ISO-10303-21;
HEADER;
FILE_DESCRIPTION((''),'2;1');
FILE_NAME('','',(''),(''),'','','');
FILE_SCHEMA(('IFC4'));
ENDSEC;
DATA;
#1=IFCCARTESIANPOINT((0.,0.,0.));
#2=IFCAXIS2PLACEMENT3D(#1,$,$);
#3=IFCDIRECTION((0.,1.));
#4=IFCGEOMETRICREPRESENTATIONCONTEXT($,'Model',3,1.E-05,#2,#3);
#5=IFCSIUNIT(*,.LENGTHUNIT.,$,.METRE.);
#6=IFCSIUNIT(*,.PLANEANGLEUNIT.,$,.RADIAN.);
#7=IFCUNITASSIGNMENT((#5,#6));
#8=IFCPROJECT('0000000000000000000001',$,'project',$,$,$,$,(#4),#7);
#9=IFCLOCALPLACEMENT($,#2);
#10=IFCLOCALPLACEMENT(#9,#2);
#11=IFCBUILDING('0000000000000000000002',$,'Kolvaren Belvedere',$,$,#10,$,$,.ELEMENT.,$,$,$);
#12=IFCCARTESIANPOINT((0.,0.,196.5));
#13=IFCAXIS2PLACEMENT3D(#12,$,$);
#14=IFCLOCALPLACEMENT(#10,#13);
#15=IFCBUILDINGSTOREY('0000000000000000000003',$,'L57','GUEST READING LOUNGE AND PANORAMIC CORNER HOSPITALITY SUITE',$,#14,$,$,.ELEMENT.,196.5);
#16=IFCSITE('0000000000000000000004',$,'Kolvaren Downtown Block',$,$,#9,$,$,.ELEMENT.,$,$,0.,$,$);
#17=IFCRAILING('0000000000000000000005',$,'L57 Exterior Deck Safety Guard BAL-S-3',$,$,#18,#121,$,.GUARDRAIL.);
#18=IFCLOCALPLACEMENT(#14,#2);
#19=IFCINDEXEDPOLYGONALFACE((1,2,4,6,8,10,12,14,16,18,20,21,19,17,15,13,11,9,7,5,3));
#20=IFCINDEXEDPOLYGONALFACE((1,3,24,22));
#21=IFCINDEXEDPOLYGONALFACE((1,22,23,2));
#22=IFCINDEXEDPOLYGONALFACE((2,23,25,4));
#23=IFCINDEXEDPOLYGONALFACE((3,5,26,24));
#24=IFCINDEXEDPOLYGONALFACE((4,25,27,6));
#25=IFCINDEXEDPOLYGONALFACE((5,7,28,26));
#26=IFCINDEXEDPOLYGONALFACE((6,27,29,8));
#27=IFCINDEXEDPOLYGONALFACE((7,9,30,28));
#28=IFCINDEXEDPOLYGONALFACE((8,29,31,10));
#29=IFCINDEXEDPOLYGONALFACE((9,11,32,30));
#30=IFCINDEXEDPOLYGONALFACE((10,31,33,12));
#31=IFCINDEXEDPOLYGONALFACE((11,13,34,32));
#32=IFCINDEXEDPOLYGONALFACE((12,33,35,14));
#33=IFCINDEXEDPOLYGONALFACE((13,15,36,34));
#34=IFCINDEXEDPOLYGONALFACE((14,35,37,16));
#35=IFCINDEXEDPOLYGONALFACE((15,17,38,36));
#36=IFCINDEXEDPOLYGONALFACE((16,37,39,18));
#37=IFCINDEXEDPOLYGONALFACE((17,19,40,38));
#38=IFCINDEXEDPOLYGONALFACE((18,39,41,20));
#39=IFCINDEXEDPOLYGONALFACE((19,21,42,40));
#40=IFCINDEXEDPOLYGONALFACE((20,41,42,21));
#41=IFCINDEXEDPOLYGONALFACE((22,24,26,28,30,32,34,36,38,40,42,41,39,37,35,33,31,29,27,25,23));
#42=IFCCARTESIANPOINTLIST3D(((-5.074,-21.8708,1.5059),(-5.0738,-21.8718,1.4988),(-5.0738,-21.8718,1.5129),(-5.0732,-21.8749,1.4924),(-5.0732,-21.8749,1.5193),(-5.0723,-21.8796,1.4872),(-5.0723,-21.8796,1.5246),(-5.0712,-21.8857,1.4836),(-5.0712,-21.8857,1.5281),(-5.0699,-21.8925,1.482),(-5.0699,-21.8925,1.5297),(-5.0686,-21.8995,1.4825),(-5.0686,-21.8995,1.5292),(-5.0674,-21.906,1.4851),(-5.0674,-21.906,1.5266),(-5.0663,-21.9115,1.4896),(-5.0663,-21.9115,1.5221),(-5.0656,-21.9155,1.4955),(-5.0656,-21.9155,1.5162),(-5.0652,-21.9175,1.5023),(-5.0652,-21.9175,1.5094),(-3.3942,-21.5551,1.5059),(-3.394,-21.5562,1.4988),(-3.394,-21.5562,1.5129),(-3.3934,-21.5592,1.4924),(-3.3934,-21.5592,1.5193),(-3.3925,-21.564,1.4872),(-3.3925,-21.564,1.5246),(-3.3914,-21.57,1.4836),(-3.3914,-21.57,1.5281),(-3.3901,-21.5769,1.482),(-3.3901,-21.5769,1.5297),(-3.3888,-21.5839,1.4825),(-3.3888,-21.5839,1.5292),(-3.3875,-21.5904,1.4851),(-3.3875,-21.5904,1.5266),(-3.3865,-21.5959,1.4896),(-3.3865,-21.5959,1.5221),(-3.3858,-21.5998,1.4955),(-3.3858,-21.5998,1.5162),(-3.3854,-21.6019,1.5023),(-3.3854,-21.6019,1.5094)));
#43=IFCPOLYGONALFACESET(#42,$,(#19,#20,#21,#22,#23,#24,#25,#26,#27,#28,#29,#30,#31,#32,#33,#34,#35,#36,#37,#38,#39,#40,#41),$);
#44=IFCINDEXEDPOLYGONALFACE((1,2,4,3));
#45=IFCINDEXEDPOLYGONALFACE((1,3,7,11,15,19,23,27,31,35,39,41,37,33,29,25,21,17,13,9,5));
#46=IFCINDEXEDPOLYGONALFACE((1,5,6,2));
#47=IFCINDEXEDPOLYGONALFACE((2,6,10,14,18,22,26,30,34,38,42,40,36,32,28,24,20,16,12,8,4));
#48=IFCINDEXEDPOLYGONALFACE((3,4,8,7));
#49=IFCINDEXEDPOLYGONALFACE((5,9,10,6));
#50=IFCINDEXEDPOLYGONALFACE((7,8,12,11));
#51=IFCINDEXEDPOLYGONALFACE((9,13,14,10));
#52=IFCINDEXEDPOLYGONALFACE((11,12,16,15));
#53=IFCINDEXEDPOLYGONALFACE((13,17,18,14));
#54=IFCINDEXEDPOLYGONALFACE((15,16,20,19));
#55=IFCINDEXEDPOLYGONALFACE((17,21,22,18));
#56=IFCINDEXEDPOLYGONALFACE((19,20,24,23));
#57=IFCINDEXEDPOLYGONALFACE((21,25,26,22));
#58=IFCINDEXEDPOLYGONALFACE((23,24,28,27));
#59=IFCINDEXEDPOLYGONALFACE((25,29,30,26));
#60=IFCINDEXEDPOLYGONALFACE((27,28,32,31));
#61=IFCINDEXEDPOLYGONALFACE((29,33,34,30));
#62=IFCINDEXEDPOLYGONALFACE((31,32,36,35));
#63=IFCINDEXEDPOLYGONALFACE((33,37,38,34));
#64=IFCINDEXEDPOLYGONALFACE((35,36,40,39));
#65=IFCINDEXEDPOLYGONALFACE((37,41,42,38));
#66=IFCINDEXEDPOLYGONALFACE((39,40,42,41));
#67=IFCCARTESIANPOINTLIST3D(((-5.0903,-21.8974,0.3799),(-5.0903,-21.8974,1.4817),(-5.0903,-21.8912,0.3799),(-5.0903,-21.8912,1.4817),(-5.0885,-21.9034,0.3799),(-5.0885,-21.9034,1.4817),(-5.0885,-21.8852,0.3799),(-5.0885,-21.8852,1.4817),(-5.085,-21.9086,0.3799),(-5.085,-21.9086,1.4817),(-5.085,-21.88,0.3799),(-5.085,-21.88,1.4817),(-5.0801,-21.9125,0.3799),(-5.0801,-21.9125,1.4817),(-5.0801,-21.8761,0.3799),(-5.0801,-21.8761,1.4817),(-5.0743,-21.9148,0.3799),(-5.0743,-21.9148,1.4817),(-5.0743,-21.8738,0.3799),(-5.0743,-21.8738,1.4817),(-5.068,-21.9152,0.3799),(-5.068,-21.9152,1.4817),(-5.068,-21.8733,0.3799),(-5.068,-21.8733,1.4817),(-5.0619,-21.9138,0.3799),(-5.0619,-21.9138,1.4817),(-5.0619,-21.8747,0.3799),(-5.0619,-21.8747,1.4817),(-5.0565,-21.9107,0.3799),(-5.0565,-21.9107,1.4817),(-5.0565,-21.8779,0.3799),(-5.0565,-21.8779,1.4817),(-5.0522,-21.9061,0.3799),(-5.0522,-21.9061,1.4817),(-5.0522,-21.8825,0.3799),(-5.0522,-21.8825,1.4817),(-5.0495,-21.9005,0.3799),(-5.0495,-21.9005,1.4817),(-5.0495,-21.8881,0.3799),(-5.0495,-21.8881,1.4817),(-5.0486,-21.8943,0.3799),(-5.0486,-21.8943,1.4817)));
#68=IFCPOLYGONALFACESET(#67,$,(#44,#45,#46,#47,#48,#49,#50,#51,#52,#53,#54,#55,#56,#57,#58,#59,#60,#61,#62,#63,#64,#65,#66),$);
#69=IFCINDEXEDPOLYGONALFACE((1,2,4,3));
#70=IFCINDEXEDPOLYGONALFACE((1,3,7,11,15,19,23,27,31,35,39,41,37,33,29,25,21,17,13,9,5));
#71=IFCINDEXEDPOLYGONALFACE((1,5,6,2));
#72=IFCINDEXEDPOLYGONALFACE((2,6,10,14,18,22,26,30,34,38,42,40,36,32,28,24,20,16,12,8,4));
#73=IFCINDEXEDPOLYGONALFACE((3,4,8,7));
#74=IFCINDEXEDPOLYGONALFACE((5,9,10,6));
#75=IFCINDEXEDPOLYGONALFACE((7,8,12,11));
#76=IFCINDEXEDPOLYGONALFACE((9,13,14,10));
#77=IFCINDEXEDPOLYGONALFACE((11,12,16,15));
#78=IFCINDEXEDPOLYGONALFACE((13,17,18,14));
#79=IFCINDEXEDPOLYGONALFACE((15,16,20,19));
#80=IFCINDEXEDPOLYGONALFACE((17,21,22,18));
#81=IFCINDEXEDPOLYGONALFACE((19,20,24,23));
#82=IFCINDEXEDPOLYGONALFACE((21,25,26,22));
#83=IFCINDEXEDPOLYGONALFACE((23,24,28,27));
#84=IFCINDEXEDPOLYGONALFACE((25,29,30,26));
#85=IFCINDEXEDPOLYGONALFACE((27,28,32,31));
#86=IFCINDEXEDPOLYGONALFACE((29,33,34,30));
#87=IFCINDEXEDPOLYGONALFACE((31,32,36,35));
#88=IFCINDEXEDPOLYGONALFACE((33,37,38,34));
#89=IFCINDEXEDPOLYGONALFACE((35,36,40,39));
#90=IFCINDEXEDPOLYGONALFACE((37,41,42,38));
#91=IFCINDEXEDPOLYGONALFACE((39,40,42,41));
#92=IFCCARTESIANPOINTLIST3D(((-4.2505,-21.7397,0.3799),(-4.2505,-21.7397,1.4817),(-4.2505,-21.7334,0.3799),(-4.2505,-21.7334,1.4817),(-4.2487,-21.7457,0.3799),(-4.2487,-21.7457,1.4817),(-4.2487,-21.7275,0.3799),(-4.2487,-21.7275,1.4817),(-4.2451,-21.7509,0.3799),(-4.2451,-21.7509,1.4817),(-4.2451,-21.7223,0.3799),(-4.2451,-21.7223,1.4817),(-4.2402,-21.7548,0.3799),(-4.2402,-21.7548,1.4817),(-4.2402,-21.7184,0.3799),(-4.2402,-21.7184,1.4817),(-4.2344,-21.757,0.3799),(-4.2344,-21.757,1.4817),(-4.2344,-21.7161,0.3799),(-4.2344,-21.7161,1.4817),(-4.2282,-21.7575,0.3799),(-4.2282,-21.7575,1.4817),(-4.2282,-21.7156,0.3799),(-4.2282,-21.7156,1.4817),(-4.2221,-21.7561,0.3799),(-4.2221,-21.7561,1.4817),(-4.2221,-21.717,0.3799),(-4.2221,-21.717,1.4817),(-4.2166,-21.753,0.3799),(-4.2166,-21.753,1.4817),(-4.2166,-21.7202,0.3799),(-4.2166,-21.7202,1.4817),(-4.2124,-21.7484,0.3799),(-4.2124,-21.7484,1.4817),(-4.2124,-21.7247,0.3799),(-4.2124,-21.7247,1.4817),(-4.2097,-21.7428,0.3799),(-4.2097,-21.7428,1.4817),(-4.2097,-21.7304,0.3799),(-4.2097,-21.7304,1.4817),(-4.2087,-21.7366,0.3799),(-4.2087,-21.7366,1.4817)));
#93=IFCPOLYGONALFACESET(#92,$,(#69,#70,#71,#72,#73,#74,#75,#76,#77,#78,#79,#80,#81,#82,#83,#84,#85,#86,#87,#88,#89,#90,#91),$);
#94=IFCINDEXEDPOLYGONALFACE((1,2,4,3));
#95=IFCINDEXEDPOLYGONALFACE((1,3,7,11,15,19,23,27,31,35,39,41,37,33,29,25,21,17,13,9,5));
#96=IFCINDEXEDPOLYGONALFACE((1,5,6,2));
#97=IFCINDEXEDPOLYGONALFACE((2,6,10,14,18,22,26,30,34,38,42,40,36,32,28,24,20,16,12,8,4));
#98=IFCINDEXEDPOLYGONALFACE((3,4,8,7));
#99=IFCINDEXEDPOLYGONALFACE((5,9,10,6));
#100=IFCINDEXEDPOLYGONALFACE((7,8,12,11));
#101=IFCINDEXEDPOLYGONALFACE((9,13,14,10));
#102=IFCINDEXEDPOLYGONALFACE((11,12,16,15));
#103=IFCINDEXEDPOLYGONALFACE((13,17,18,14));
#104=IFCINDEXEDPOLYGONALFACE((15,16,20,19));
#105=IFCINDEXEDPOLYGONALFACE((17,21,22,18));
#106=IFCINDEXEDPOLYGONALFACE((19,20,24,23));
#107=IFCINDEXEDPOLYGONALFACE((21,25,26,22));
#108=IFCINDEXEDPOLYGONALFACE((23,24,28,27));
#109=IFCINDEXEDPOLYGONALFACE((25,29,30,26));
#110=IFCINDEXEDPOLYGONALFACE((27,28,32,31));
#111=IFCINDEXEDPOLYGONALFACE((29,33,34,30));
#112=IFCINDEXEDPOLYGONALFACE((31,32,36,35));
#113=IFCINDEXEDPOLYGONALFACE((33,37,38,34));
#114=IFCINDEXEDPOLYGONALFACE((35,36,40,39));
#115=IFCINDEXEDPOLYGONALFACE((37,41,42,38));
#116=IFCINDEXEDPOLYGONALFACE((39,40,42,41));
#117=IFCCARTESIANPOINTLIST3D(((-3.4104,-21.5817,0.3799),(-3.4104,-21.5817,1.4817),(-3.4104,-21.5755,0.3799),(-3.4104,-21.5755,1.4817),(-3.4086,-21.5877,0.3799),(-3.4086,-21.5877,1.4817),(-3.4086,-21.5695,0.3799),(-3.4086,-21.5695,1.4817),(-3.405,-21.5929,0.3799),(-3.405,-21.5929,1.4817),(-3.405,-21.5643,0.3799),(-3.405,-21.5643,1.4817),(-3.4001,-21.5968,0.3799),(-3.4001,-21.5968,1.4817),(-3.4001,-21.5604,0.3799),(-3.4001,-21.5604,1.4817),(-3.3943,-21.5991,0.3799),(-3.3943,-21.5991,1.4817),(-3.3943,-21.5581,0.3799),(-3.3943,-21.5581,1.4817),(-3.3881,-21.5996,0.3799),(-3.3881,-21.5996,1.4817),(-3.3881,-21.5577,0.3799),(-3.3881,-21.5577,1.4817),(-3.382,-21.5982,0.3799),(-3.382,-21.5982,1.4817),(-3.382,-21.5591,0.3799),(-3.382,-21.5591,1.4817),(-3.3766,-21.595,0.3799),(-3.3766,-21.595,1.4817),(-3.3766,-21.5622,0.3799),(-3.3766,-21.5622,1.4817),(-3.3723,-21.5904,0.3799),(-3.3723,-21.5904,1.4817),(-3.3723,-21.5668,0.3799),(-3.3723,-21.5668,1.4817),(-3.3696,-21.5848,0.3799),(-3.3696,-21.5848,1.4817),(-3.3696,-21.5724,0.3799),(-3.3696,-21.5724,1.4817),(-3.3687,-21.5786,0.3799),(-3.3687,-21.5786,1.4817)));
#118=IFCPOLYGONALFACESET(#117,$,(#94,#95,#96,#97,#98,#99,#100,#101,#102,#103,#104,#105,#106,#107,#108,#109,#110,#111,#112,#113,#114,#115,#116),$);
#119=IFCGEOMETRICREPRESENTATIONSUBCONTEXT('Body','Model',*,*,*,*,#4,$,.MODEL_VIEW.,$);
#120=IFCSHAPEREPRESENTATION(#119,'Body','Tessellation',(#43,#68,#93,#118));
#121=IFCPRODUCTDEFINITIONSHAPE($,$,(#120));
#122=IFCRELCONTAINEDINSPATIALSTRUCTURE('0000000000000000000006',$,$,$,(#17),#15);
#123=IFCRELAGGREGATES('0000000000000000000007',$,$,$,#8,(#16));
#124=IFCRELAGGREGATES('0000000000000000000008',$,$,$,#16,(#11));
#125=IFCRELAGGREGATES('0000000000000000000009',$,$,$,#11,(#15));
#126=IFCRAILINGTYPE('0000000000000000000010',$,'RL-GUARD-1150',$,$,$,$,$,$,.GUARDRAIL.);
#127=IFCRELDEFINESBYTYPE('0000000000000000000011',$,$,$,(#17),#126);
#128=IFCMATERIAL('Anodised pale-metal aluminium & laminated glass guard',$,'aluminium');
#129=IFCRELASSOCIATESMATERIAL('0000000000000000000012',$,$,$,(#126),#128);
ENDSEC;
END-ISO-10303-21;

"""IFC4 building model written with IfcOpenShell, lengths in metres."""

from ifc_helpers import new_model, si_unit, direction, frame, origin, origin_2d, place, context, subcontext, project, spatial, circle, extrude, material, type_object, element, save


model = new_model("IFC4")

# Units and contexts
model_context = context("Model", 3, precision=1e-05, world=origin(), true_north=direction((0.0, 1.0)))
body_context = subcontext(model_context, "Body", "Model", "MODEL_VIEW")
ifc_project = project(units=[si_unit("LENGTHUNIT", "METRE"), si_unit("PLANEANGLEUNIT", "RADIAN")], contexts=[model_context])

# Site, building, storey
site_placement = place(None, origin())
site = spatial("IfcSite", under=ifc_project, at=site_placement, Name="Kolvaren Downtown Block", CompositionType="ELEMENT", RefElevation=0.0)
building_placement = place(site_placement, origin())
building = spatial("IfcBuilding", under=site, at=building_placement, Name="Kolvaren Belvedere", CompositionType="ELEMENT")
storey_placement = place(building_placement, frame((0.0, 0.0, 196.5)))
storey = spatial("IfcBuildingStorey", under=building, at=storey_placement, Name="L57", Description="GUEST READING LOUNGE AND PANORAMIC CORNER HOSPITALITY SUITE", CompositionType="ELEMENT", Elevation=196.5)

# Railing
ifc_material_1 = material(Name="Anodised pale-metal aluminium & laminated glass guard", Category="aluminium")
railing_type = type_object("IfcRailingType", Name="RL-GUARD-1150", PredefinedType="GUARDRAIL", material=ifc_material_1)
railing_1_placement = place(storey_placement, frame((-5.0696, -21.8943, 0.3799)))
element("IfcRailing", 1, at=railing_1_placement, inside=storey, type_object=railing_type, Name="L57 Exterior Deck Safety Guard BAL-S-3", PredefinedType="GUARDRAIL", context=body_context, shape_type="SweptSolid", body=[
    extrude(circle(Radius=0.0239, at=origin_2d()), frame((0.0, 0.0, 1.126), z_axis=(0.982799, 0.184677, 0.0), x_axis=(-0.184677, 0.982799, 0.0)), (0.0, 0.0, 1.0), 1.7092),
    extrude(circle(Radius=0.021, at=origin_2d()), origin(), (0.0, 0.0, 1.0), 1.1018),
    extrude(circle(Radius=0.021, at=origin_2d()), frame((0.8398, 0.1577, 0.0)), (0.0, 0.0, 1.0), 1.1018),
    extrude(circle(Radius=0.021, at=origin_2d()), frame((1.6799, 0.3157, 0.0)), (0.0, 0.0, 1.0), 1.1018),
])

save(model, "model.ifc")
